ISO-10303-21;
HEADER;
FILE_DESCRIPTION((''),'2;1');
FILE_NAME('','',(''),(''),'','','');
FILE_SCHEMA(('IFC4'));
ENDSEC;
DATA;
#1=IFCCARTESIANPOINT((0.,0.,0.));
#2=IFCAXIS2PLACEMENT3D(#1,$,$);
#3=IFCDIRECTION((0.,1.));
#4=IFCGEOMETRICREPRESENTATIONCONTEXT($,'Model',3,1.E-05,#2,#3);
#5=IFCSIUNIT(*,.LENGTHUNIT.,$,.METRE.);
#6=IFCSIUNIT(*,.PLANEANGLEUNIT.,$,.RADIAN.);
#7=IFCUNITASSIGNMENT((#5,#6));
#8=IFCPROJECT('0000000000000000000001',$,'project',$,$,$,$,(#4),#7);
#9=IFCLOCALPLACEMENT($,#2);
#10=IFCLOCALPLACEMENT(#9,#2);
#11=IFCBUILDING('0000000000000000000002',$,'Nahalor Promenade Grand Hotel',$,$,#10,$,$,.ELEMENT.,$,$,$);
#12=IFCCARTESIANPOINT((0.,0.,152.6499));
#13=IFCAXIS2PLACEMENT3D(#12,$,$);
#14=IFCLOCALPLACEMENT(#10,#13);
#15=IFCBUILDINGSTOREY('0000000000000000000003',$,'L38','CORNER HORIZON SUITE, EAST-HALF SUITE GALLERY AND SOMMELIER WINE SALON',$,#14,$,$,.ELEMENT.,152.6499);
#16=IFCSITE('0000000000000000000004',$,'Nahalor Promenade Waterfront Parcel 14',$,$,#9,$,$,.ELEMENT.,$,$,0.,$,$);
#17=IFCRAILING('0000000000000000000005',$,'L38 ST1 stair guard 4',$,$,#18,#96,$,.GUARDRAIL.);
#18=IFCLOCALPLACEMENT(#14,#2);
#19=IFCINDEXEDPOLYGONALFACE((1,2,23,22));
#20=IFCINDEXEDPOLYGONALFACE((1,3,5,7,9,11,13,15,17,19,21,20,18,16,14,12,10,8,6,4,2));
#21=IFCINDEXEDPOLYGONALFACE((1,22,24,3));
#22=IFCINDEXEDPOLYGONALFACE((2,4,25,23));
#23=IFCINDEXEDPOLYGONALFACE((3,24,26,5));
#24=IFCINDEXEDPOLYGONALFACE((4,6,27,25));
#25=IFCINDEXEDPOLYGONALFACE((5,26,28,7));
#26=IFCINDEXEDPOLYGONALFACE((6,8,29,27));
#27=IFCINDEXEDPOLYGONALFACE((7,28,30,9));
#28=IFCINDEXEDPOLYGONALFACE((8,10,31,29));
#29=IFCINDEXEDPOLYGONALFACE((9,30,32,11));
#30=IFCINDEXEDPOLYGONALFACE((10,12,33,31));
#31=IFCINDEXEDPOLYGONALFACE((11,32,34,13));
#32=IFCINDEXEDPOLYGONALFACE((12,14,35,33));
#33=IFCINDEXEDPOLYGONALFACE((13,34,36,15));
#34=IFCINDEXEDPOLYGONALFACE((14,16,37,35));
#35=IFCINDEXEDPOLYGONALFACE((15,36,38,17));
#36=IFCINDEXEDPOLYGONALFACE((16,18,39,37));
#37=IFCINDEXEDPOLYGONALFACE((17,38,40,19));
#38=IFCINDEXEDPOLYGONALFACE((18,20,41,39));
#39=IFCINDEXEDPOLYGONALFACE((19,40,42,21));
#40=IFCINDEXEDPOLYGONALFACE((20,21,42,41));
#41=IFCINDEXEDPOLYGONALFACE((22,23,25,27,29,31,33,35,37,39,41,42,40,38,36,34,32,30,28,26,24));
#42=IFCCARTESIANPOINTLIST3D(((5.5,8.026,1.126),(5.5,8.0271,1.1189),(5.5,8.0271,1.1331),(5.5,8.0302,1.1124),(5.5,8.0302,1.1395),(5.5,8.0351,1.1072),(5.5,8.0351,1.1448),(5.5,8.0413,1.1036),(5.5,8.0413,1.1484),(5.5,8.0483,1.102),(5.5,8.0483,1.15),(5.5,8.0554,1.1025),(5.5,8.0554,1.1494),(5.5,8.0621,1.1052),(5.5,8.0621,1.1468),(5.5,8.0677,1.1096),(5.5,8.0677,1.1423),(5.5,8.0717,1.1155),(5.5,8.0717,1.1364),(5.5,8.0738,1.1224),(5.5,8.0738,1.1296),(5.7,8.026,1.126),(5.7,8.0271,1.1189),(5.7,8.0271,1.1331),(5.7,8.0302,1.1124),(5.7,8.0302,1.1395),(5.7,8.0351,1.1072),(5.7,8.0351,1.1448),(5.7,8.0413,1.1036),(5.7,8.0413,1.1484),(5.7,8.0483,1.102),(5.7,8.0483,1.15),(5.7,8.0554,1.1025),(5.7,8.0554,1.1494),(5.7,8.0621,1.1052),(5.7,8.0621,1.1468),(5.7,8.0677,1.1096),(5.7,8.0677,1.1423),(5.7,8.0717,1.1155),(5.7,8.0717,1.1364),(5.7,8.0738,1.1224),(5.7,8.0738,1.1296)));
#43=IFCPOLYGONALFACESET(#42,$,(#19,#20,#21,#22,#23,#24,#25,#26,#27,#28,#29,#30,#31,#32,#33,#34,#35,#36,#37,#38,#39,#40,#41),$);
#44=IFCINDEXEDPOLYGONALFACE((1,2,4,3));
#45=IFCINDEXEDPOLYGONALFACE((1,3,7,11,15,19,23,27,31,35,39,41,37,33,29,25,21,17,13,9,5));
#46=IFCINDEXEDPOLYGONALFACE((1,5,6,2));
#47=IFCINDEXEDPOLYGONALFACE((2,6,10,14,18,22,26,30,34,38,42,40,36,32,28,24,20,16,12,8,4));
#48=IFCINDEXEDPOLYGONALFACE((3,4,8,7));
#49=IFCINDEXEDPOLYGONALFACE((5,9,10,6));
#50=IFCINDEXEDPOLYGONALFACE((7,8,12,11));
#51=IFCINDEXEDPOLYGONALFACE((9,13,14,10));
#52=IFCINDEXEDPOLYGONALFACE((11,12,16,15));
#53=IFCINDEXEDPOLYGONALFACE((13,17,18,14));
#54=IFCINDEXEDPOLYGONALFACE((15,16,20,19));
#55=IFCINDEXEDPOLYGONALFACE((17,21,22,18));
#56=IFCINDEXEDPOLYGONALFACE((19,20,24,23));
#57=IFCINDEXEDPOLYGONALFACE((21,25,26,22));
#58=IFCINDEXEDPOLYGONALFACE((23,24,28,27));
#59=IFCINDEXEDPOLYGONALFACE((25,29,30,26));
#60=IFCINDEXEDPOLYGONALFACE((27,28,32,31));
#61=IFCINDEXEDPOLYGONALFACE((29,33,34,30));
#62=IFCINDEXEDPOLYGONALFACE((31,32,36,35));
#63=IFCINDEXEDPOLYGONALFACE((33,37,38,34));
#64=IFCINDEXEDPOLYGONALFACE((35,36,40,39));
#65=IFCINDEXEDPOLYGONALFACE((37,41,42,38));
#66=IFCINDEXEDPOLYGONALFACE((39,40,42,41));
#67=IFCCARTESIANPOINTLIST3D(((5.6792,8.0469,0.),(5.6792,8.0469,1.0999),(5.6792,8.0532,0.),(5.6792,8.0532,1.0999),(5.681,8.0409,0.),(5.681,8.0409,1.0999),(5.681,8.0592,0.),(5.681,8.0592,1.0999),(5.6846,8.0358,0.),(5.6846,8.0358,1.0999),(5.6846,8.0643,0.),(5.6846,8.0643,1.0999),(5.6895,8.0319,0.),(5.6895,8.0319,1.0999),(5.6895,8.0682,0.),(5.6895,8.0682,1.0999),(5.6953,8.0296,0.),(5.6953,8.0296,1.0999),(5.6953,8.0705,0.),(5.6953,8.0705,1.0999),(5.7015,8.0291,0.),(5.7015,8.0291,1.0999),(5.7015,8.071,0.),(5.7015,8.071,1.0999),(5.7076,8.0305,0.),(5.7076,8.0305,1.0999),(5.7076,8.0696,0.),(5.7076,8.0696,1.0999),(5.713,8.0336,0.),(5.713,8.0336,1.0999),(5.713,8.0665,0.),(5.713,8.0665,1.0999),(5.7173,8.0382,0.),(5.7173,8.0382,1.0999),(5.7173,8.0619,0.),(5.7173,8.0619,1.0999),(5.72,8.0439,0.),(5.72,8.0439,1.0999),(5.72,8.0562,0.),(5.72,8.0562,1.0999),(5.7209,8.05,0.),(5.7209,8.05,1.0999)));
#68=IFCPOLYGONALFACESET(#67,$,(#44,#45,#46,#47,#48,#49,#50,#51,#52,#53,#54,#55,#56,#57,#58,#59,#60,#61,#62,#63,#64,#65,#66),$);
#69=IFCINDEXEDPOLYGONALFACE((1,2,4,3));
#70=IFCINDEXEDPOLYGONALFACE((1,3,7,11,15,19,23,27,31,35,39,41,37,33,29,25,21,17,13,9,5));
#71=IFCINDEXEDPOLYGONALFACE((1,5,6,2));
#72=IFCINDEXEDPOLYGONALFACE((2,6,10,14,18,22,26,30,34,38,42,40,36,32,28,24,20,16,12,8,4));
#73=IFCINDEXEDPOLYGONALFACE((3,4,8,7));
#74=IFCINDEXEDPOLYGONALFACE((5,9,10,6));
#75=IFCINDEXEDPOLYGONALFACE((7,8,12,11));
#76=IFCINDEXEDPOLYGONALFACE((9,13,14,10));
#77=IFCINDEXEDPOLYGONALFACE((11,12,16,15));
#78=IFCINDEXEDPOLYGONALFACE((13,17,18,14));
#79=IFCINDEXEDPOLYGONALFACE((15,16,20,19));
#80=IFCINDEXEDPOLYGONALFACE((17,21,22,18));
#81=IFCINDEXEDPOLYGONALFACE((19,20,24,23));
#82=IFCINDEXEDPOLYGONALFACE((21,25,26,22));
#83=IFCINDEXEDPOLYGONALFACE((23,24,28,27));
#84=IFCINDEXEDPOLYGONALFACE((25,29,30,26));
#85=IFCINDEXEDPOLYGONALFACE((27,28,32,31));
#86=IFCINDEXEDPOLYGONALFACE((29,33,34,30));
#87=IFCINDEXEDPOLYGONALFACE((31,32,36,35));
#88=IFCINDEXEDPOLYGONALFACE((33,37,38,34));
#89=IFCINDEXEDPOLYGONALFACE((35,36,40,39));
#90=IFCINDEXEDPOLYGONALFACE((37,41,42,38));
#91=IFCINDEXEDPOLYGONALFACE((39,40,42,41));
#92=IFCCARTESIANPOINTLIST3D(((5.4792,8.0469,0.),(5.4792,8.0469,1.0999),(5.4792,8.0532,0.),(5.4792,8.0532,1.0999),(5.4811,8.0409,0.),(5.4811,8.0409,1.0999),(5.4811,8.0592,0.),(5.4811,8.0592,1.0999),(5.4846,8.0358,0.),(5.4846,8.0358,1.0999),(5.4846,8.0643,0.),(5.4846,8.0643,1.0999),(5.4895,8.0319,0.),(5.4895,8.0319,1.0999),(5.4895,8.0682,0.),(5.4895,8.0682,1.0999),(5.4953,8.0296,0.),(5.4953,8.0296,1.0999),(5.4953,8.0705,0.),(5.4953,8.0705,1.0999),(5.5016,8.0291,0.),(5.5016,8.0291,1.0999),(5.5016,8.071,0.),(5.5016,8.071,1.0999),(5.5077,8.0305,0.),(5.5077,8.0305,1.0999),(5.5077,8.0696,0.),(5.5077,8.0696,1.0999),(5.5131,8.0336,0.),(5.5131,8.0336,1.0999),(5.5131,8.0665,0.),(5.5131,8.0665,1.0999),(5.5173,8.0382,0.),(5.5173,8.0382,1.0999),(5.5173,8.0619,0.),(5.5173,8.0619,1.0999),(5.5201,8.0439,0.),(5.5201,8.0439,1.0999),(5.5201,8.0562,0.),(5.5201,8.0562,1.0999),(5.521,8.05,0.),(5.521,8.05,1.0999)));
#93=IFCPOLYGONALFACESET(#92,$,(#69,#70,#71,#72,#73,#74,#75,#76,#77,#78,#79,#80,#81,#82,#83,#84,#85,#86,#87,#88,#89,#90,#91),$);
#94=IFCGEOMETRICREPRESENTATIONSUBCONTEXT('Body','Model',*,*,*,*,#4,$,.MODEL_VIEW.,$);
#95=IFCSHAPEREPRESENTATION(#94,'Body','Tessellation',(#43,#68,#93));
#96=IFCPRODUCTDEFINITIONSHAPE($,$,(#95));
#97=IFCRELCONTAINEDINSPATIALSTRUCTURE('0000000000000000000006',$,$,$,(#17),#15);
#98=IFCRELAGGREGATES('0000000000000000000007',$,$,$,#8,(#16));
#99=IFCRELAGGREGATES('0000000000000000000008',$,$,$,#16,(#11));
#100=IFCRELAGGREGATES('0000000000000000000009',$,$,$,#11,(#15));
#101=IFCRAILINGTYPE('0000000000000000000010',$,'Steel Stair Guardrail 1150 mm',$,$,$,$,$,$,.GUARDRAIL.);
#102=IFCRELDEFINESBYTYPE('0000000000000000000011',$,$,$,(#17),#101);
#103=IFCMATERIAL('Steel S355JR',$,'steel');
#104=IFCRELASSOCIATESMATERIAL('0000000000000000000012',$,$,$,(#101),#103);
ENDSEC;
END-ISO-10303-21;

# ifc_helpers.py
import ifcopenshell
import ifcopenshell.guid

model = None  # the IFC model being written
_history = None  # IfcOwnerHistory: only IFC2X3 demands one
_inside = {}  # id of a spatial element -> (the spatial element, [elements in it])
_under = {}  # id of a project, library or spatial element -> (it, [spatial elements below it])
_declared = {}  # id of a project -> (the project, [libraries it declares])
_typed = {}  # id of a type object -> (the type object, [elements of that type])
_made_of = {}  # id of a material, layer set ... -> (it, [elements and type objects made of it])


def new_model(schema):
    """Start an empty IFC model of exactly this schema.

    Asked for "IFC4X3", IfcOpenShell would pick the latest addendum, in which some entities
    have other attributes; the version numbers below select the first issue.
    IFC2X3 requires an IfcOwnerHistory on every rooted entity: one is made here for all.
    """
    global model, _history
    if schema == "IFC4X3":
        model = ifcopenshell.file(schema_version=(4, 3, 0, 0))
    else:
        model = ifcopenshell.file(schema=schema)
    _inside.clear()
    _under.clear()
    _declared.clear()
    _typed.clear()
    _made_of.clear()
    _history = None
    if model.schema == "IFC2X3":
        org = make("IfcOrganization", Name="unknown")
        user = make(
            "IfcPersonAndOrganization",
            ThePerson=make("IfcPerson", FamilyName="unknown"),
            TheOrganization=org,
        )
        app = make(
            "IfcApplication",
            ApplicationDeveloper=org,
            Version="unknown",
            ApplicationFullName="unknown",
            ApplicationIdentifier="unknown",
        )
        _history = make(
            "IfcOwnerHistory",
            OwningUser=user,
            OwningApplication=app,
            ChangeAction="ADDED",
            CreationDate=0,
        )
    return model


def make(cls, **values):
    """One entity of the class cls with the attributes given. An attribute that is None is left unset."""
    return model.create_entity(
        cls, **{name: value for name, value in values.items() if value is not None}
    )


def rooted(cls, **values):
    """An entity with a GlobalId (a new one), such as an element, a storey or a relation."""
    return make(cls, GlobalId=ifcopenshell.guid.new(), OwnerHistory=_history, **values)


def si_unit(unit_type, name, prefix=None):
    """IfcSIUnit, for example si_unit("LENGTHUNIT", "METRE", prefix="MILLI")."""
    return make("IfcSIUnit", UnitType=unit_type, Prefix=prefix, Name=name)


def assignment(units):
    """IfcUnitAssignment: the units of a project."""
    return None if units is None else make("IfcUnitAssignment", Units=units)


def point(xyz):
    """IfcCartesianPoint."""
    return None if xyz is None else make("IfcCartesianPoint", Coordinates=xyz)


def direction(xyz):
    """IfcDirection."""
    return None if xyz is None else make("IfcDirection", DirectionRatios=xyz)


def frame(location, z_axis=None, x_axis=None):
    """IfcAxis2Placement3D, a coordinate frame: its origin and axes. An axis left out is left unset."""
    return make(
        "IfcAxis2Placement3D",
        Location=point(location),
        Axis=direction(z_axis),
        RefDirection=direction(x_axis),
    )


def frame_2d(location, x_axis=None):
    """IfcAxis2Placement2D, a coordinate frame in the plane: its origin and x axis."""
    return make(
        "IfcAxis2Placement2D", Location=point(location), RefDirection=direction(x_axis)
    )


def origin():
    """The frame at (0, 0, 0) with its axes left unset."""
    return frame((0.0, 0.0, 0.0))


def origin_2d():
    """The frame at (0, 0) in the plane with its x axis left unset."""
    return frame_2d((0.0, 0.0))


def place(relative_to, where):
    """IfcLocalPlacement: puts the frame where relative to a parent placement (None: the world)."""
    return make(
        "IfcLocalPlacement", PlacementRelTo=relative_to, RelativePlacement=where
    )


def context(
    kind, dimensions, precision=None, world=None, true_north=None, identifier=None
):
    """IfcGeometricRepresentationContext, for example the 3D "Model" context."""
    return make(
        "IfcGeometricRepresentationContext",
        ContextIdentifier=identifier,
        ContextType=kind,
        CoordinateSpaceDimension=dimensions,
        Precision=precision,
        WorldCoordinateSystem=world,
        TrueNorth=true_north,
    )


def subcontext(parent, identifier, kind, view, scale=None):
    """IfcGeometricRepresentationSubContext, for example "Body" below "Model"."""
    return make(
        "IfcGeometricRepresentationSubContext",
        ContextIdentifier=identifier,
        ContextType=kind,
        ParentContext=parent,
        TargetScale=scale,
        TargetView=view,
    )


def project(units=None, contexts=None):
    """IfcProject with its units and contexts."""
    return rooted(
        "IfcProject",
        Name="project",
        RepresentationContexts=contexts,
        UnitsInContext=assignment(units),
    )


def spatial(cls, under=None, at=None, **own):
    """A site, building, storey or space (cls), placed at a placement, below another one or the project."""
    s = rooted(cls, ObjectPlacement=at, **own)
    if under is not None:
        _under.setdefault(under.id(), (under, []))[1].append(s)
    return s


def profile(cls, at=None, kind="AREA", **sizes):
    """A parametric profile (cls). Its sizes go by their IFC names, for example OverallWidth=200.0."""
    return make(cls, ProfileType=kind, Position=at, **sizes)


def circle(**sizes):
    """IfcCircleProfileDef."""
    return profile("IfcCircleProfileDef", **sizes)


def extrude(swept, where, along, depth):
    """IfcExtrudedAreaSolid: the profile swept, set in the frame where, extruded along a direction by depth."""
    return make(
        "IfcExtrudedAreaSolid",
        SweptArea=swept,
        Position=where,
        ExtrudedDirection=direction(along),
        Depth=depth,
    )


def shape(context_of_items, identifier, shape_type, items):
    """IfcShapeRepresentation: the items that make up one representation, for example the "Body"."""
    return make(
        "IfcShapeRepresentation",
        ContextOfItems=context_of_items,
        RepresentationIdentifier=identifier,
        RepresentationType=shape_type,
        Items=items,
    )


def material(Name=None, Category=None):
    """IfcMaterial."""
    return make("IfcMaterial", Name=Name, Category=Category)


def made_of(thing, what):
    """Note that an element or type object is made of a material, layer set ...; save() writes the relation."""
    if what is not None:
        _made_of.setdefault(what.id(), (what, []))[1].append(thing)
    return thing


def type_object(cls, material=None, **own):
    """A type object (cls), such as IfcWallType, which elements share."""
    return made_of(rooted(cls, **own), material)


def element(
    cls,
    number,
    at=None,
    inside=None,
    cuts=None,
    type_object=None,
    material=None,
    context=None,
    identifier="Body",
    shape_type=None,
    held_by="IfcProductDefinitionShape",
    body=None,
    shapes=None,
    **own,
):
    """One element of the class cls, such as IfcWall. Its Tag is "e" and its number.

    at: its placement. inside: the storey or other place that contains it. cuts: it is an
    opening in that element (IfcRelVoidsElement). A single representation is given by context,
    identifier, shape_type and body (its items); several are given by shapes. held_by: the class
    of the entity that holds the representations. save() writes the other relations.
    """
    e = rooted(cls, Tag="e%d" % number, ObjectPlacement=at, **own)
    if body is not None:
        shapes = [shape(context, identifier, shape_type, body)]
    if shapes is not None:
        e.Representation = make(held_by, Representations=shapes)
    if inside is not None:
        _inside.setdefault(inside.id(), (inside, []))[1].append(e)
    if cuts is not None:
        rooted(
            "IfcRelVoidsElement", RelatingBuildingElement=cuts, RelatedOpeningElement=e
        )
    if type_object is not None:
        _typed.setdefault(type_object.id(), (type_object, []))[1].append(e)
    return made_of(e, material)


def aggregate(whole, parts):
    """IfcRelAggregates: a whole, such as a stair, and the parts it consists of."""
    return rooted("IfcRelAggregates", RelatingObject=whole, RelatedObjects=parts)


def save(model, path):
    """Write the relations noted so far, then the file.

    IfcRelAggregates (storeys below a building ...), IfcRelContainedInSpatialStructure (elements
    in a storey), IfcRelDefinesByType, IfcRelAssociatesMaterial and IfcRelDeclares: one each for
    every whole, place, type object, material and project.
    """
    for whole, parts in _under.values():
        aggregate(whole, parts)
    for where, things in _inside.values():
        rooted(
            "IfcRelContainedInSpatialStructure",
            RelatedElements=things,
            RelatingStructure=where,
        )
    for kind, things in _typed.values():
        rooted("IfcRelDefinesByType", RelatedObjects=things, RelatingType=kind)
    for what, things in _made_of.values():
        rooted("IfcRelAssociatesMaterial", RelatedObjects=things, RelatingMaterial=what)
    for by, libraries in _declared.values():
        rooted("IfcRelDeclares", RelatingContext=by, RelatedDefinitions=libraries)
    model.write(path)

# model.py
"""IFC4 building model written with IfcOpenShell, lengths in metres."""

from ifc_helpers import new_model, si_unit, direction, frame, origin, origin_2d, place, context, subcontext, project, spatial, circle, extrude, material, type_object, element, save


model = new_model("IFC4")

# Units and contexts
model_context = context("Model", 3, precision=1e-05, world=origin(), true_north=direction((0.0, 1.0)))
body_context = subcontext(model_context, "Body", "Model", "MODEL_VIEW")
ifc_project = project(units=[si_unit("LENGTHUNIT", "METRE"), si_unit("PLANEANGLEUNIT", "RADIAN")], contexts=[model_context])

# Site, building, storey
site_placement = place(None, origin())
site = spatial("IfcSite", under=ifc_project, at=site_placement, Name="Nahalor Promenade Waterfront Parcel 14", CompositionType="ELEMENT", RefElevation=0.0)
building_placement = place(site_placement, origin())
building = spatial("IfcBuilding", under=site, at=building_placement, Name="Nahalor Promenade Grand Hotel", CompositionType="ELEMENT")
storey_placement = place(building_placement, frame((0.0, 0.0, 152.6499)))
storey = spatial("IfcBuildingStorey", under=building, at=storey_placement, Name="L38", Description="CORNER HORIZON SUITE, EAST-HALF SUITE GALLERY AND SOMMELIER WINE SALON", CompositionType="ELEMENT", Elevation=152.6499)

# Shared definitions
ifc_material_1 = material(Name="Steel S355JR", Category="steel")

# Railing
railing_type_1 = type_object("IfcRailingType", Name="Steel Stair Guardrail 1150 mm", PredefinedType="GUARDRAIL", material=ifc_material_1)
railing_1_placement = place(storey_placement, frame((5.7, 8.05, 0.0)))
element("IfcRailing", 1, at=railing_1_placement, inside=storey, type_object=railing_type_1, Name="L38 ST1 stair guard 4", PredefinedType="GUARDRAIL", context=body_context, shape_type="SweptSolid", body=[
    extrude(circle(Radius=0.024, at=origin_2d()), frame((0.0, 0.0, 1.126), z_axis=(-1.0, 0.0, 0.0), x_axis=(0.0, -1.0, 0.0)), (0.0, 0.0, 1.0), 0.2),
    extrude(circle(Radius=0.021, at=origin_2d()), origin(), (0.0, 0.0, 1.0), 1.0999),
    extrude(circle(Radius=0.021, at=origin_2d()), frame((-0.2, 0.0, 0.0)), (0.0, 0.0, 1.0), 1.0999),
])

save(model, "model.ifc")
